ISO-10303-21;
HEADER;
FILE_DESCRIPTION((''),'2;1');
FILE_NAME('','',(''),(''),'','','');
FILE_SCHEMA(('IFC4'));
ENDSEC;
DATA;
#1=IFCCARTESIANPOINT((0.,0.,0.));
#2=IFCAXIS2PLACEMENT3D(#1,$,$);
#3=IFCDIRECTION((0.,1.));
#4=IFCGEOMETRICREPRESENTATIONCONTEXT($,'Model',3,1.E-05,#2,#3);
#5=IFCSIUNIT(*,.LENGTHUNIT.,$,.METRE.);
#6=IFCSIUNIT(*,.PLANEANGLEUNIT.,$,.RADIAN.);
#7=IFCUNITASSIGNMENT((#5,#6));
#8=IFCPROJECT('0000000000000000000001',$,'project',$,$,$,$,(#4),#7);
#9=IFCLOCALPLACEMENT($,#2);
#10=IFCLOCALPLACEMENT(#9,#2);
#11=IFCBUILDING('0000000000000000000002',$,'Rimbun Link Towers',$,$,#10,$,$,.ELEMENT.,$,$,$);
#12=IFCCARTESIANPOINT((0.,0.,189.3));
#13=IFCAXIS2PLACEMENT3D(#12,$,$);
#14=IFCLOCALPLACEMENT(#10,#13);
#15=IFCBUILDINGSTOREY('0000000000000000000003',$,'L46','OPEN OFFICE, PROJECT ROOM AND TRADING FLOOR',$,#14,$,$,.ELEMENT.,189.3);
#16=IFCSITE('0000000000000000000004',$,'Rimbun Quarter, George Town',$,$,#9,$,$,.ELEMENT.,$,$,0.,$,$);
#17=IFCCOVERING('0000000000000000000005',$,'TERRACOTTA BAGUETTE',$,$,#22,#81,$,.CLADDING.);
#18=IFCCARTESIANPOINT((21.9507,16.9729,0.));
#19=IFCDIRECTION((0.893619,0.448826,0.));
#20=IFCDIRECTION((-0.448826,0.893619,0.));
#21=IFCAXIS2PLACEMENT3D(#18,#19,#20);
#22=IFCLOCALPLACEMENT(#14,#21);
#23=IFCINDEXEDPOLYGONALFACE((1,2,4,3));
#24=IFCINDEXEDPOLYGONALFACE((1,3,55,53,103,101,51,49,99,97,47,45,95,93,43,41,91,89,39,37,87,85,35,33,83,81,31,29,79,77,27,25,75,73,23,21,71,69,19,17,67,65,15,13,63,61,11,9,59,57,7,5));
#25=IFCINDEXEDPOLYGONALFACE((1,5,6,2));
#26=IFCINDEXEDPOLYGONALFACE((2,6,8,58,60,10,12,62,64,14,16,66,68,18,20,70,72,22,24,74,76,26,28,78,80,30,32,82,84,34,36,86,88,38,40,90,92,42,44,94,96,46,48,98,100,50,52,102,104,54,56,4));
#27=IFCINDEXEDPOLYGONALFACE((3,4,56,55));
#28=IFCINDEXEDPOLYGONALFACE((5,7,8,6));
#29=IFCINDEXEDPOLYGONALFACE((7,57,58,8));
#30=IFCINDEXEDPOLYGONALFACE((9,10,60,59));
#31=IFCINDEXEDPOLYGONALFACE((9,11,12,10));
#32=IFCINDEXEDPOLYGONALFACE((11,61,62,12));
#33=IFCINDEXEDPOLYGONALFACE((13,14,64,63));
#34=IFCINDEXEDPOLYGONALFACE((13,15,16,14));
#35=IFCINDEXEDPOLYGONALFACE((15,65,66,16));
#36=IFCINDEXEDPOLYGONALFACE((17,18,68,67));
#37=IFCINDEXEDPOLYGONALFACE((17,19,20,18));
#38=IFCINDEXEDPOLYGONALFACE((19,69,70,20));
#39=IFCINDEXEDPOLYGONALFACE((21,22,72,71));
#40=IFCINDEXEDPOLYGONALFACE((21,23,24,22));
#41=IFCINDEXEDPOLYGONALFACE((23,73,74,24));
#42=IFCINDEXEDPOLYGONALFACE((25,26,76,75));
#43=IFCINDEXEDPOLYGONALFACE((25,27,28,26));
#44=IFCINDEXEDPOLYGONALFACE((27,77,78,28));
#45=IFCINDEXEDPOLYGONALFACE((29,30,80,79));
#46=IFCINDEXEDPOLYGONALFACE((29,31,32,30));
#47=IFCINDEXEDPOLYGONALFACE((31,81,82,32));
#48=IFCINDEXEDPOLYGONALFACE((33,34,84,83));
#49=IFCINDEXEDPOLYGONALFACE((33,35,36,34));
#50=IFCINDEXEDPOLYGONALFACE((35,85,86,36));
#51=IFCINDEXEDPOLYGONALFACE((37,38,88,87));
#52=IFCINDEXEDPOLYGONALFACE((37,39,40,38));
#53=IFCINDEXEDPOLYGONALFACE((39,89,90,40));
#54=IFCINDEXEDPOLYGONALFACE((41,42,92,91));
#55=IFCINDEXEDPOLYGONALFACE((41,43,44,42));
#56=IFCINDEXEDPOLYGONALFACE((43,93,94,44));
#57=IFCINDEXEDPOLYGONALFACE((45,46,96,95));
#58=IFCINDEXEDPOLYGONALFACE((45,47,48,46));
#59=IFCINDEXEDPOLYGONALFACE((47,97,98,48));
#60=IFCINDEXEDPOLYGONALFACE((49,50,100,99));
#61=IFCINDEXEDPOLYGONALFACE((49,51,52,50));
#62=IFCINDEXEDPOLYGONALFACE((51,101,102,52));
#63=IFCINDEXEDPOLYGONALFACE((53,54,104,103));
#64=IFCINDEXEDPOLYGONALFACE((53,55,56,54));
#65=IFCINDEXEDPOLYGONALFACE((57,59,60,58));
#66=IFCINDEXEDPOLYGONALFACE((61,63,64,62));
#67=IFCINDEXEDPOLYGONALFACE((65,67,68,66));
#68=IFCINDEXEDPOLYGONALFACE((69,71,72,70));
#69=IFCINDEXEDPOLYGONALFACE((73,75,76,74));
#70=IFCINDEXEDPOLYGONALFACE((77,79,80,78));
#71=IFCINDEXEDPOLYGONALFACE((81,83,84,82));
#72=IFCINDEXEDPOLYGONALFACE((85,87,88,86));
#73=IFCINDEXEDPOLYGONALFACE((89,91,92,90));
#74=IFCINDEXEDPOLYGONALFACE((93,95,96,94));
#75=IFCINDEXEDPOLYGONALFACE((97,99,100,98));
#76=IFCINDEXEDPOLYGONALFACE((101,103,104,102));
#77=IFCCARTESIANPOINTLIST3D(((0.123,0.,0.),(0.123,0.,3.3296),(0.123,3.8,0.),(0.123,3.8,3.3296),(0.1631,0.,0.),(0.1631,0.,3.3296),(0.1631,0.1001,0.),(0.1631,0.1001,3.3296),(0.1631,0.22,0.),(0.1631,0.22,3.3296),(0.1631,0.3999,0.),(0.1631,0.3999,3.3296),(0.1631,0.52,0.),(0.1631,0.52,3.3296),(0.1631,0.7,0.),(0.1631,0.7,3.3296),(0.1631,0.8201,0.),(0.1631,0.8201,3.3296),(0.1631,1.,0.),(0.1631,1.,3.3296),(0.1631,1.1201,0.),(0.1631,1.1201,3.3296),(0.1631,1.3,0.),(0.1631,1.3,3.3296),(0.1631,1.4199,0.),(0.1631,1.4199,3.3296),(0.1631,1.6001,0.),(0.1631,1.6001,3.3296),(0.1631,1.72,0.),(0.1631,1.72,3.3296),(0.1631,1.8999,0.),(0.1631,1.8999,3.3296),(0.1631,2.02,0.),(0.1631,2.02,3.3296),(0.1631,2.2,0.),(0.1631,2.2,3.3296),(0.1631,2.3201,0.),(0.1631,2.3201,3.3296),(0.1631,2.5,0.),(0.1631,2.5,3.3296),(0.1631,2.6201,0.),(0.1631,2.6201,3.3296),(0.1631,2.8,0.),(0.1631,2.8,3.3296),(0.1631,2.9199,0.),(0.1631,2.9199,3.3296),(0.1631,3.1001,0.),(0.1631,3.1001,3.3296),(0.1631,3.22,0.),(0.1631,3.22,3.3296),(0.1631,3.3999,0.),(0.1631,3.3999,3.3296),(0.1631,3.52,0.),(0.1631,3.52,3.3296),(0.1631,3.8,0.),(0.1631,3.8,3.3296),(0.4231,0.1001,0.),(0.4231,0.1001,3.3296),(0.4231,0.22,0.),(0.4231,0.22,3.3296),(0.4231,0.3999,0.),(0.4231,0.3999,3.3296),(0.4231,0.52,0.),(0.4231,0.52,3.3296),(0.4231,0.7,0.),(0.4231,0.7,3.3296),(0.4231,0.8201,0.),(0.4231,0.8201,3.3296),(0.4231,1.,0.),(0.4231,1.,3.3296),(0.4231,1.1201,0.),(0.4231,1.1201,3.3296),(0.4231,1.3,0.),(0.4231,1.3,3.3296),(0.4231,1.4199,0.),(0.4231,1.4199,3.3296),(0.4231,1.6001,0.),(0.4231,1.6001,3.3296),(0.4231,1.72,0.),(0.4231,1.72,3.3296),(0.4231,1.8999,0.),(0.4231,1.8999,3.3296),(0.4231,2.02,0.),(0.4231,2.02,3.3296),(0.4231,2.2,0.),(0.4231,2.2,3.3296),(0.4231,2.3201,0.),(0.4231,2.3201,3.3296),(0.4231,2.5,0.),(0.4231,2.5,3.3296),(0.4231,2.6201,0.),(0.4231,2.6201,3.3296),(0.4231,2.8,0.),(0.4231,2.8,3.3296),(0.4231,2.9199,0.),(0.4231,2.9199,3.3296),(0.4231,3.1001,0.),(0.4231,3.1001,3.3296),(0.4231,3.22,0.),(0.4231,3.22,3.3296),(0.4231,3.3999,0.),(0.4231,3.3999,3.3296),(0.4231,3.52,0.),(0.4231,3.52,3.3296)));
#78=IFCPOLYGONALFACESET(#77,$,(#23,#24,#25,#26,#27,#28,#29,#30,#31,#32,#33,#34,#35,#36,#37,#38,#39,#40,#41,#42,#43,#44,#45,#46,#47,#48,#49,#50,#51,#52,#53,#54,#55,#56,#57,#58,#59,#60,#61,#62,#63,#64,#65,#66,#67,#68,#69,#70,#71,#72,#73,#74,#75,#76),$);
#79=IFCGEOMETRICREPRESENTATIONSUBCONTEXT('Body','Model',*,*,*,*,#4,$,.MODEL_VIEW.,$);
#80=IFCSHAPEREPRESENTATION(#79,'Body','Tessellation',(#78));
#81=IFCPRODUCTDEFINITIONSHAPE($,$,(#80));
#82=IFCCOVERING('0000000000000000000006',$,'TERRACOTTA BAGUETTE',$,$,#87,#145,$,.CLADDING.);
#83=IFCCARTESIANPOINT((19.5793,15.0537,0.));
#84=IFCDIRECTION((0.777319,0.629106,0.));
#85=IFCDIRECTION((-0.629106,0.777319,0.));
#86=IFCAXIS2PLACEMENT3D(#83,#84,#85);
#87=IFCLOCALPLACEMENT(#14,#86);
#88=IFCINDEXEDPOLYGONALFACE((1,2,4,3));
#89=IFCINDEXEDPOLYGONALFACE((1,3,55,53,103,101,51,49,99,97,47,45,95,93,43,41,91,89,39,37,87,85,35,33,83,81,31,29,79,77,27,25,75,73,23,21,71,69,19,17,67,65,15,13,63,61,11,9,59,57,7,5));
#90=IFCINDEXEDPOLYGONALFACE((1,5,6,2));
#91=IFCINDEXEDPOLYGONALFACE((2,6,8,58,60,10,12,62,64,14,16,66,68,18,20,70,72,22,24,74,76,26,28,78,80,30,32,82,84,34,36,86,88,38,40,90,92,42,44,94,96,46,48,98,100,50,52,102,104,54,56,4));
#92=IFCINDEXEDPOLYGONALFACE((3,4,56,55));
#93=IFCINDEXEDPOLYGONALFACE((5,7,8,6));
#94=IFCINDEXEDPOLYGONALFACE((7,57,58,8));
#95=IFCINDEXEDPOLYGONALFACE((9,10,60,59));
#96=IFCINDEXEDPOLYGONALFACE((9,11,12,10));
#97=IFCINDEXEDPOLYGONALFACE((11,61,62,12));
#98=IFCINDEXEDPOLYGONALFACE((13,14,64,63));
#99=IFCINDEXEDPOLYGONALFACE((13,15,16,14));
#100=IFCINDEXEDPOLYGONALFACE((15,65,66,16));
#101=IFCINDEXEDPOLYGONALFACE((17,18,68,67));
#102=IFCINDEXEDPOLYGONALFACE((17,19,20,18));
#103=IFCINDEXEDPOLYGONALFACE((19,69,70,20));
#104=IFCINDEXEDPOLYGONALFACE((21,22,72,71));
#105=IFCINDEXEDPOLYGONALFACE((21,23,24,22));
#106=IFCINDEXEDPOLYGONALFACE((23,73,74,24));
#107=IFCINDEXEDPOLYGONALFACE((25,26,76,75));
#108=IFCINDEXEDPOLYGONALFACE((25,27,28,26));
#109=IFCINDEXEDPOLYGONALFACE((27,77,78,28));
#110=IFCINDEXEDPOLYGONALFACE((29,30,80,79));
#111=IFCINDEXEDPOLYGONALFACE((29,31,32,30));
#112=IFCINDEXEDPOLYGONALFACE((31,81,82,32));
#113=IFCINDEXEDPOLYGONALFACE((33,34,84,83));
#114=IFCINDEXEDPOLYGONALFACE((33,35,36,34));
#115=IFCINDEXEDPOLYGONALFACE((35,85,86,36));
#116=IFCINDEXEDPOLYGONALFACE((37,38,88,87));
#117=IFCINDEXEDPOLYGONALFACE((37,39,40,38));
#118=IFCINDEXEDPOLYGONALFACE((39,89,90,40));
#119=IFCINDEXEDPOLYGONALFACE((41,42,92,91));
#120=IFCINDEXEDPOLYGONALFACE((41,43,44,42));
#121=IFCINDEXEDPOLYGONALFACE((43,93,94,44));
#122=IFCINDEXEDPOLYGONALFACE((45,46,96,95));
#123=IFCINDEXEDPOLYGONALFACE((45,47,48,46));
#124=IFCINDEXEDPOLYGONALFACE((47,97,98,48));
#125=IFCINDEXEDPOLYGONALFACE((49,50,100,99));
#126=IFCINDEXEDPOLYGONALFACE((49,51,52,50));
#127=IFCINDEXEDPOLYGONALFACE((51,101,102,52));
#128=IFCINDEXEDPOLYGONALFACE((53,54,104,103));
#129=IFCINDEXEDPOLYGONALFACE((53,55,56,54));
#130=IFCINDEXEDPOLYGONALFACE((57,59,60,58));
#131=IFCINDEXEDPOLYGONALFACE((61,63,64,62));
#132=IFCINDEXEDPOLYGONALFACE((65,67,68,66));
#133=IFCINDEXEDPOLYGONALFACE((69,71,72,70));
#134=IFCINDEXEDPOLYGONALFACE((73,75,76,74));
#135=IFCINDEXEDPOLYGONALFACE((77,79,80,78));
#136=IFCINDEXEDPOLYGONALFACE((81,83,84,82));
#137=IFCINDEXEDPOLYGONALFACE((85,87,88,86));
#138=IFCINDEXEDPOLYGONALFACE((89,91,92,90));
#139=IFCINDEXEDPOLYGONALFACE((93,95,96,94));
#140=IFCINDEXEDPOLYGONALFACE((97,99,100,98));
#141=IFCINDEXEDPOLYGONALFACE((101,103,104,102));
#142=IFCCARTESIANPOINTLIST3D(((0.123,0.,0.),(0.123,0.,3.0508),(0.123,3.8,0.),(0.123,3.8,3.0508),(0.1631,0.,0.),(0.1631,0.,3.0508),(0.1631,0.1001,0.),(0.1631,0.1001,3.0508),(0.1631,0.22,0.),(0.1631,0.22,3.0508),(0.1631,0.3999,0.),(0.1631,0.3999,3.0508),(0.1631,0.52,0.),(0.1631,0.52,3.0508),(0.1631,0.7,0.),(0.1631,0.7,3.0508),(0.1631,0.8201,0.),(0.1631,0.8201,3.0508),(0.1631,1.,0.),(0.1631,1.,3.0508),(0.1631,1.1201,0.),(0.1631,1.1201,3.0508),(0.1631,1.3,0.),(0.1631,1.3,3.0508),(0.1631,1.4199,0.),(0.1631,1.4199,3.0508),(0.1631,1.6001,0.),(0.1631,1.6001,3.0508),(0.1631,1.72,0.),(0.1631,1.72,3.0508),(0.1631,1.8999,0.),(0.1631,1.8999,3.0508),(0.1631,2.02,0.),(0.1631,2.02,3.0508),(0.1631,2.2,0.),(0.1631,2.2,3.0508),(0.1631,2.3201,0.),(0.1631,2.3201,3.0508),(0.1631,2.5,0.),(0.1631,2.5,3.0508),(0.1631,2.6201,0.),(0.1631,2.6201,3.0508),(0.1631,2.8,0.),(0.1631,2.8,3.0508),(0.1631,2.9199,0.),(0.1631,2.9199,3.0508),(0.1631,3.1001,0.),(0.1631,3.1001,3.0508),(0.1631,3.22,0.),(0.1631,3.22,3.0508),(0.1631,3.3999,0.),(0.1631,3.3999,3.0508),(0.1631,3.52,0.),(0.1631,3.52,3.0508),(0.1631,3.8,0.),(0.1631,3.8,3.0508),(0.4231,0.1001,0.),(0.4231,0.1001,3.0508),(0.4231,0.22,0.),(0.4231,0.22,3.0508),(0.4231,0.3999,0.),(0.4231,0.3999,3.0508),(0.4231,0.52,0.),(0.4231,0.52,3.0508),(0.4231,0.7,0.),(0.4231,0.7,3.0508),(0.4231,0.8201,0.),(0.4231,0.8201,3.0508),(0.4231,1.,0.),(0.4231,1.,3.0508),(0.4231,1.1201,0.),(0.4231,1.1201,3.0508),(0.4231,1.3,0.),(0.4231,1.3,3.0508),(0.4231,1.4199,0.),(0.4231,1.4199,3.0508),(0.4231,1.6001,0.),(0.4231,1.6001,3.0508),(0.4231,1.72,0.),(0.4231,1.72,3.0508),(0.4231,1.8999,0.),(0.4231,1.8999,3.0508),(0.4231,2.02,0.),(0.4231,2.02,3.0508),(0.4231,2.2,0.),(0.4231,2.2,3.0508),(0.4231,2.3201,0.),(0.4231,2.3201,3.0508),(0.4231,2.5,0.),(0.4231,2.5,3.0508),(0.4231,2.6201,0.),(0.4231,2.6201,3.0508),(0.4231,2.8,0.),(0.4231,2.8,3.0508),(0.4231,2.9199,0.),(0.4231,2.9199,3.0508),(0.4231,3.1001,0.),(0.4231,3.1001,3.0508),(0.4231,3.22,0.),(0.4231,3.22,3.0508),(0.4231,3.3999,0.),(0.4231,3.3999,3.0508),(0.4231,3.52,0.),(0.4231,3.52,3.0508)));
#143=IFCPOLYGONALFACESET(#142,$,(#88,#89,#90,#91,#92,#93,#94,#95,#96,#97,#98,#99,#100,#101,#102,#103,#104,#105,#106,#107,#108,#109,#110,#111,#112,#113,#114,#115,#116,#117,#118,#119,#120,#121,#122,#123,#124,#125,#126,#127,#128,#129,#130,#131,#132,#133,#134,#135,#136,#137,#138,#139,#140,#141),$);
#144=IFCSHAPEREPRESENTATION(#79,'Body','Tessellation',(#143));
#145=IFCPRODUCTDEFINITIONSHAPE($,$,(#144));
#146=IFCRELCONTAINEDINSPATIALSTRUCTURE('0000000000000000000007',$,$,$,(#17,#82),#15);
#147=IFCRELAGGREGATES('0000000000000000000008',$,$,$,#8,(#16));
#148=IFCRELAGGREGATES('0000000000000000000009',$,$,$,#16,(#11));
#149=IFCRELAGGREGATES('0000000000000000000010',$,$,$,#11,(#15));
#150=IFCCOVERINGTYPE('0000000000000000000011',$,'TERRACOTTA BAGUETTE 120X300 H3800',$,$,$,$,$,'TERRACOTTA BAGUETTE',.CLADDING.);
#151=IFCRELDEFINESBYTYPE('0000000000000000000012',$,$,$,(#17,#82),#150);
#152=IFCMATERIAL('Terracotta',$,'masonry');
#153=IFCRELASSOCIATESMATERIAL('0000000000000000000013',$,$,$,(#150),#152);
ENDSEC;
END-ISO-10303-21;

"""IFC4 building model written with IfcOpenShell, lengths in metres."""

from ifc_helpers import new_model, si_unit, direction, frame, origin, place, context, subcontext, project, spatial, polyline, outline, extrude, material, material_profile, profile_set, type_object, element, save


model = new_model("IFC4")

# Units and contexts
model_context = context("Model", 3, precision=1e-05, world=origin(), true_north=direction((0.0, 1.0)))
body_context = subcontext(model_context, "Body", "Model", "MODEL_VIEW")
ifc_project = project(units=[si_unit("LENGTHUNIT", "METRE"), si_unit("PLANEANGLEUNIT", "RADIAN")], contexts=[model_context])

# Site, building, storey
site_placement = place(None, origin())
site = spatial("IfcSite", under=ifc_project, at=site_placement, Name="Rimbun Quarter, George Town", CompositionType="ELEMENT", RefElevation=0.0)
building_placement = place(site_placement, origin())
building = spatial("IfcBuilding", under=site, at=building_placement, Name="Rimbun Link Towers", CompositionType="ELEMENT")
storey_placement = place(building_placement, frame((0.0, 0.0, 189.3)))
storey = spatial("IfcBuildingStorey", under=building, at=storey_placement, Name="L46", Description="OPEN OFFICE, PROJECT ROOM AND TRADING FLOOR", CompositionType="ELEMENT", Elevation=189.3)

# Coverings
ifc_material_1 = material(Name="Terracotta", Category="masonry")
ifc_material_profile_1 = material_profile(ifc_material_1, outline(polyline([(0.123, 0.0), (0.1631, 0.0), (0.1631, 0.1001), (0.4231, 0.1001), (0.4231, 0.22), (0.1631, 0.22), (0.1631, 0.3999), (0.4231, 0.3999), (0.4231, 0.52), (0.1631, 0.52), (0.1631, 0.7), (0.4231, 0.7), (0.4231, 0.8201), (0.1631, 0.8201), (0.1631, 1.0), (0.4231, 1.0), (0.4231, 1.1201), (0.1631, 1.1201), (0.1631, 1.3), (0.4231, 1.3), (0.4231, 1.4199), (0.1631, 1.4199), (0.1631, 1.6001), (0.4231, 1.6001), (0.4231, 1.72), (0.1631, 1.72), (0.1631, 1.8999), (0.4231, 1.8999), (0.4231, 2.02), (0.1631, 2.02), (0.1631, 2.2), (0.4231, 2.2), (0.4231, 2.3201), (0.1631, 2.3201), (0.1631, 2.5), (0.4231, 2.5), (0.4231, 2.6201), (0.1631, 2.6201), (0.1631, 2.8), (0.4231, 2.8), (0.4231, 2.9199), (0.1631, 2.9199), (0.1631, 3.1001), (0.4231, 3.1001), (0.4231, 3.22), (0.1631, 3.22), (0.1631, 3.3999), (0.4231, 3.3999), (0.4231, 3.52), (0.1631, 3.52), (0.1631, 3.8), (0.123, 3.8), (0.123, 0.0)])), Name="BAGUETTE 120X300")
ifc_profile_set_1 = profile_set([ifc_material_profile_1], Name="Terracotta")
covering_type = type_object("IfcCoveringType", Name="TERRACOTTA BAGUETTE 120X300 H3800", ElementType="TERRACOTTA BAGUETTE", PredefinedType="CLADDING", material=ifc_profile_set_1)
covering_1_placement = place(storey_placement, frame((21.9507, 16.9729, 0.0), z_axis=(0.893619, 0.448826, 0.0), x_axis=(-0.448826, 0.893619, 0.0)))
element("IfcCovering", 1, at=covering_1_placement, inside=storey, type_object=covering_type, Name="TERRACOTTA BAGUETTE", PredefinedType="CLADDING", context=body_context, shape_type="SweptSolid", body=[
    extrude(outline(polyline([(0.123, 0.0), (0.1631, 0.0), (0.1631, 0.1001), (0.4231, 0.1001), (0.4231, 0.22), (0.1631, 0.22), (0.1631, 0.3999), (0.4231, 0.3999), (0.4231, 0.52), (0.1631, 0.52), (0.1631, 0.7), (0.4231, 0.7), (0.4231, 0.8201), (0.1631, 0.8201), (0.1631, 1.0), (0.4231, 1.0), (0.4231, 1.1201), (0.1631, 1.1201), (0.1631, 1.3), (0.4231, 1.3), (0.4231, 1.4199), (0.1631, 1.4199), (0.1631, 1.6001), (0.4231, 1.6001), (0.4231, 1.72), (0.1631, 1.72), (0.1631, 1.8999), (0.4231, 1.8999), (0.4231, 2.02), (0.1631, 2.02), (0.1631, 2.2), (0.4231, 2.2), (0.4231, 2.3201), (0.1631, 2.3201), (0.1631, 2.5), (0.4231, 2.5), (0.4231, 2.6201), (0.1631, 2.6201), (0.1631, 2.8), (0.4231, 2.8), (0.4231, 2.9199), (0.1631, 2.9199), (0.1631, 3.1001), (0.4231, 3.1001), (0.4231, 3.22), (0.1631, 3.22), (0.1631, 3.3999), (0.4231, 3.3999), (0.4231, 3.52), (0.1631, 3.52), (0.1631, 3.8), (0.123, 3.8), (0.123, 0.0)])), origin(), (0.0, 0.0, 1.0), 3.3296),
])
covering_2_placement = place(storey_placement, frame((19.5793, 15.0537, 0.0), z_axis=(0.777319, 0.629106, 0.0), x_axis=(-0.629106, 0.777319, 0.0)))
element("IfcCovering", 2, at=covering_2_placement, inside=storey, type_object=covering_type, Name="TERRACOTTA BAGUETTE", PredefinedType="CLADDING", context=body_context, shape_type="SweptSolid", body=[
    extrude(outline(polyline([(0.123, 0.0), (0.1631, 0.0), (0.1631, 0.1001), (0.4231, 0.1001), (0.4231, 0.22), (0.1631, 0.22), (0.1631, 0.3999), (0.4231, 0.3999), (0.4231, 0.52), (0.1631, 0.52), (0.1631, 0.7), (0.4231, 0.7), (0.4231, 0.8201), (0.1631, 0.8201), (0.1631, 1.0), (0.4231, 1.0), (0.4231, 1.1201), (0.1631, 1.1201), (0.1631, 1.3), (0.4231, 1.3), (0.4231, 1.4199), (0.1631, 1.4199), (0.1631, 1.6001), (0.4231, 1.6001), (0.4231, 1.72), (0.1631, 1.72), (0.1631, 1.8999), (0.4231, 1.8999), (0.4231, 2.02), (0.1631, 2.02), (0.1631, 2.2), (0.4231, 2.2), (0.4231, 2.3201), (0.1631, 2.3201), (0.1631, 2.5), (0.4231, 2.5), (0.4231, 2.6201), (0.1631, 2.6201), (0.1631, 2.8), (0.4231, 2.8), (0.4231, 2.9199), (0.1631, 2.9199), (0.1631, 3.1001), (0.4231, 3.1001), (0.4231, 3.22), (0.1631, 3.22), (0.1631, 3.3999), (0.4231, 3.3999), (0.4231, 3.52), (0.1631, 3.52), (0.1631, 3.8), (0.123, 3.8), (0.123, 0.0)])), origin(), (0.0, 0.0, 1.0), 3.0508),
])

save(model, "model.ifc")
